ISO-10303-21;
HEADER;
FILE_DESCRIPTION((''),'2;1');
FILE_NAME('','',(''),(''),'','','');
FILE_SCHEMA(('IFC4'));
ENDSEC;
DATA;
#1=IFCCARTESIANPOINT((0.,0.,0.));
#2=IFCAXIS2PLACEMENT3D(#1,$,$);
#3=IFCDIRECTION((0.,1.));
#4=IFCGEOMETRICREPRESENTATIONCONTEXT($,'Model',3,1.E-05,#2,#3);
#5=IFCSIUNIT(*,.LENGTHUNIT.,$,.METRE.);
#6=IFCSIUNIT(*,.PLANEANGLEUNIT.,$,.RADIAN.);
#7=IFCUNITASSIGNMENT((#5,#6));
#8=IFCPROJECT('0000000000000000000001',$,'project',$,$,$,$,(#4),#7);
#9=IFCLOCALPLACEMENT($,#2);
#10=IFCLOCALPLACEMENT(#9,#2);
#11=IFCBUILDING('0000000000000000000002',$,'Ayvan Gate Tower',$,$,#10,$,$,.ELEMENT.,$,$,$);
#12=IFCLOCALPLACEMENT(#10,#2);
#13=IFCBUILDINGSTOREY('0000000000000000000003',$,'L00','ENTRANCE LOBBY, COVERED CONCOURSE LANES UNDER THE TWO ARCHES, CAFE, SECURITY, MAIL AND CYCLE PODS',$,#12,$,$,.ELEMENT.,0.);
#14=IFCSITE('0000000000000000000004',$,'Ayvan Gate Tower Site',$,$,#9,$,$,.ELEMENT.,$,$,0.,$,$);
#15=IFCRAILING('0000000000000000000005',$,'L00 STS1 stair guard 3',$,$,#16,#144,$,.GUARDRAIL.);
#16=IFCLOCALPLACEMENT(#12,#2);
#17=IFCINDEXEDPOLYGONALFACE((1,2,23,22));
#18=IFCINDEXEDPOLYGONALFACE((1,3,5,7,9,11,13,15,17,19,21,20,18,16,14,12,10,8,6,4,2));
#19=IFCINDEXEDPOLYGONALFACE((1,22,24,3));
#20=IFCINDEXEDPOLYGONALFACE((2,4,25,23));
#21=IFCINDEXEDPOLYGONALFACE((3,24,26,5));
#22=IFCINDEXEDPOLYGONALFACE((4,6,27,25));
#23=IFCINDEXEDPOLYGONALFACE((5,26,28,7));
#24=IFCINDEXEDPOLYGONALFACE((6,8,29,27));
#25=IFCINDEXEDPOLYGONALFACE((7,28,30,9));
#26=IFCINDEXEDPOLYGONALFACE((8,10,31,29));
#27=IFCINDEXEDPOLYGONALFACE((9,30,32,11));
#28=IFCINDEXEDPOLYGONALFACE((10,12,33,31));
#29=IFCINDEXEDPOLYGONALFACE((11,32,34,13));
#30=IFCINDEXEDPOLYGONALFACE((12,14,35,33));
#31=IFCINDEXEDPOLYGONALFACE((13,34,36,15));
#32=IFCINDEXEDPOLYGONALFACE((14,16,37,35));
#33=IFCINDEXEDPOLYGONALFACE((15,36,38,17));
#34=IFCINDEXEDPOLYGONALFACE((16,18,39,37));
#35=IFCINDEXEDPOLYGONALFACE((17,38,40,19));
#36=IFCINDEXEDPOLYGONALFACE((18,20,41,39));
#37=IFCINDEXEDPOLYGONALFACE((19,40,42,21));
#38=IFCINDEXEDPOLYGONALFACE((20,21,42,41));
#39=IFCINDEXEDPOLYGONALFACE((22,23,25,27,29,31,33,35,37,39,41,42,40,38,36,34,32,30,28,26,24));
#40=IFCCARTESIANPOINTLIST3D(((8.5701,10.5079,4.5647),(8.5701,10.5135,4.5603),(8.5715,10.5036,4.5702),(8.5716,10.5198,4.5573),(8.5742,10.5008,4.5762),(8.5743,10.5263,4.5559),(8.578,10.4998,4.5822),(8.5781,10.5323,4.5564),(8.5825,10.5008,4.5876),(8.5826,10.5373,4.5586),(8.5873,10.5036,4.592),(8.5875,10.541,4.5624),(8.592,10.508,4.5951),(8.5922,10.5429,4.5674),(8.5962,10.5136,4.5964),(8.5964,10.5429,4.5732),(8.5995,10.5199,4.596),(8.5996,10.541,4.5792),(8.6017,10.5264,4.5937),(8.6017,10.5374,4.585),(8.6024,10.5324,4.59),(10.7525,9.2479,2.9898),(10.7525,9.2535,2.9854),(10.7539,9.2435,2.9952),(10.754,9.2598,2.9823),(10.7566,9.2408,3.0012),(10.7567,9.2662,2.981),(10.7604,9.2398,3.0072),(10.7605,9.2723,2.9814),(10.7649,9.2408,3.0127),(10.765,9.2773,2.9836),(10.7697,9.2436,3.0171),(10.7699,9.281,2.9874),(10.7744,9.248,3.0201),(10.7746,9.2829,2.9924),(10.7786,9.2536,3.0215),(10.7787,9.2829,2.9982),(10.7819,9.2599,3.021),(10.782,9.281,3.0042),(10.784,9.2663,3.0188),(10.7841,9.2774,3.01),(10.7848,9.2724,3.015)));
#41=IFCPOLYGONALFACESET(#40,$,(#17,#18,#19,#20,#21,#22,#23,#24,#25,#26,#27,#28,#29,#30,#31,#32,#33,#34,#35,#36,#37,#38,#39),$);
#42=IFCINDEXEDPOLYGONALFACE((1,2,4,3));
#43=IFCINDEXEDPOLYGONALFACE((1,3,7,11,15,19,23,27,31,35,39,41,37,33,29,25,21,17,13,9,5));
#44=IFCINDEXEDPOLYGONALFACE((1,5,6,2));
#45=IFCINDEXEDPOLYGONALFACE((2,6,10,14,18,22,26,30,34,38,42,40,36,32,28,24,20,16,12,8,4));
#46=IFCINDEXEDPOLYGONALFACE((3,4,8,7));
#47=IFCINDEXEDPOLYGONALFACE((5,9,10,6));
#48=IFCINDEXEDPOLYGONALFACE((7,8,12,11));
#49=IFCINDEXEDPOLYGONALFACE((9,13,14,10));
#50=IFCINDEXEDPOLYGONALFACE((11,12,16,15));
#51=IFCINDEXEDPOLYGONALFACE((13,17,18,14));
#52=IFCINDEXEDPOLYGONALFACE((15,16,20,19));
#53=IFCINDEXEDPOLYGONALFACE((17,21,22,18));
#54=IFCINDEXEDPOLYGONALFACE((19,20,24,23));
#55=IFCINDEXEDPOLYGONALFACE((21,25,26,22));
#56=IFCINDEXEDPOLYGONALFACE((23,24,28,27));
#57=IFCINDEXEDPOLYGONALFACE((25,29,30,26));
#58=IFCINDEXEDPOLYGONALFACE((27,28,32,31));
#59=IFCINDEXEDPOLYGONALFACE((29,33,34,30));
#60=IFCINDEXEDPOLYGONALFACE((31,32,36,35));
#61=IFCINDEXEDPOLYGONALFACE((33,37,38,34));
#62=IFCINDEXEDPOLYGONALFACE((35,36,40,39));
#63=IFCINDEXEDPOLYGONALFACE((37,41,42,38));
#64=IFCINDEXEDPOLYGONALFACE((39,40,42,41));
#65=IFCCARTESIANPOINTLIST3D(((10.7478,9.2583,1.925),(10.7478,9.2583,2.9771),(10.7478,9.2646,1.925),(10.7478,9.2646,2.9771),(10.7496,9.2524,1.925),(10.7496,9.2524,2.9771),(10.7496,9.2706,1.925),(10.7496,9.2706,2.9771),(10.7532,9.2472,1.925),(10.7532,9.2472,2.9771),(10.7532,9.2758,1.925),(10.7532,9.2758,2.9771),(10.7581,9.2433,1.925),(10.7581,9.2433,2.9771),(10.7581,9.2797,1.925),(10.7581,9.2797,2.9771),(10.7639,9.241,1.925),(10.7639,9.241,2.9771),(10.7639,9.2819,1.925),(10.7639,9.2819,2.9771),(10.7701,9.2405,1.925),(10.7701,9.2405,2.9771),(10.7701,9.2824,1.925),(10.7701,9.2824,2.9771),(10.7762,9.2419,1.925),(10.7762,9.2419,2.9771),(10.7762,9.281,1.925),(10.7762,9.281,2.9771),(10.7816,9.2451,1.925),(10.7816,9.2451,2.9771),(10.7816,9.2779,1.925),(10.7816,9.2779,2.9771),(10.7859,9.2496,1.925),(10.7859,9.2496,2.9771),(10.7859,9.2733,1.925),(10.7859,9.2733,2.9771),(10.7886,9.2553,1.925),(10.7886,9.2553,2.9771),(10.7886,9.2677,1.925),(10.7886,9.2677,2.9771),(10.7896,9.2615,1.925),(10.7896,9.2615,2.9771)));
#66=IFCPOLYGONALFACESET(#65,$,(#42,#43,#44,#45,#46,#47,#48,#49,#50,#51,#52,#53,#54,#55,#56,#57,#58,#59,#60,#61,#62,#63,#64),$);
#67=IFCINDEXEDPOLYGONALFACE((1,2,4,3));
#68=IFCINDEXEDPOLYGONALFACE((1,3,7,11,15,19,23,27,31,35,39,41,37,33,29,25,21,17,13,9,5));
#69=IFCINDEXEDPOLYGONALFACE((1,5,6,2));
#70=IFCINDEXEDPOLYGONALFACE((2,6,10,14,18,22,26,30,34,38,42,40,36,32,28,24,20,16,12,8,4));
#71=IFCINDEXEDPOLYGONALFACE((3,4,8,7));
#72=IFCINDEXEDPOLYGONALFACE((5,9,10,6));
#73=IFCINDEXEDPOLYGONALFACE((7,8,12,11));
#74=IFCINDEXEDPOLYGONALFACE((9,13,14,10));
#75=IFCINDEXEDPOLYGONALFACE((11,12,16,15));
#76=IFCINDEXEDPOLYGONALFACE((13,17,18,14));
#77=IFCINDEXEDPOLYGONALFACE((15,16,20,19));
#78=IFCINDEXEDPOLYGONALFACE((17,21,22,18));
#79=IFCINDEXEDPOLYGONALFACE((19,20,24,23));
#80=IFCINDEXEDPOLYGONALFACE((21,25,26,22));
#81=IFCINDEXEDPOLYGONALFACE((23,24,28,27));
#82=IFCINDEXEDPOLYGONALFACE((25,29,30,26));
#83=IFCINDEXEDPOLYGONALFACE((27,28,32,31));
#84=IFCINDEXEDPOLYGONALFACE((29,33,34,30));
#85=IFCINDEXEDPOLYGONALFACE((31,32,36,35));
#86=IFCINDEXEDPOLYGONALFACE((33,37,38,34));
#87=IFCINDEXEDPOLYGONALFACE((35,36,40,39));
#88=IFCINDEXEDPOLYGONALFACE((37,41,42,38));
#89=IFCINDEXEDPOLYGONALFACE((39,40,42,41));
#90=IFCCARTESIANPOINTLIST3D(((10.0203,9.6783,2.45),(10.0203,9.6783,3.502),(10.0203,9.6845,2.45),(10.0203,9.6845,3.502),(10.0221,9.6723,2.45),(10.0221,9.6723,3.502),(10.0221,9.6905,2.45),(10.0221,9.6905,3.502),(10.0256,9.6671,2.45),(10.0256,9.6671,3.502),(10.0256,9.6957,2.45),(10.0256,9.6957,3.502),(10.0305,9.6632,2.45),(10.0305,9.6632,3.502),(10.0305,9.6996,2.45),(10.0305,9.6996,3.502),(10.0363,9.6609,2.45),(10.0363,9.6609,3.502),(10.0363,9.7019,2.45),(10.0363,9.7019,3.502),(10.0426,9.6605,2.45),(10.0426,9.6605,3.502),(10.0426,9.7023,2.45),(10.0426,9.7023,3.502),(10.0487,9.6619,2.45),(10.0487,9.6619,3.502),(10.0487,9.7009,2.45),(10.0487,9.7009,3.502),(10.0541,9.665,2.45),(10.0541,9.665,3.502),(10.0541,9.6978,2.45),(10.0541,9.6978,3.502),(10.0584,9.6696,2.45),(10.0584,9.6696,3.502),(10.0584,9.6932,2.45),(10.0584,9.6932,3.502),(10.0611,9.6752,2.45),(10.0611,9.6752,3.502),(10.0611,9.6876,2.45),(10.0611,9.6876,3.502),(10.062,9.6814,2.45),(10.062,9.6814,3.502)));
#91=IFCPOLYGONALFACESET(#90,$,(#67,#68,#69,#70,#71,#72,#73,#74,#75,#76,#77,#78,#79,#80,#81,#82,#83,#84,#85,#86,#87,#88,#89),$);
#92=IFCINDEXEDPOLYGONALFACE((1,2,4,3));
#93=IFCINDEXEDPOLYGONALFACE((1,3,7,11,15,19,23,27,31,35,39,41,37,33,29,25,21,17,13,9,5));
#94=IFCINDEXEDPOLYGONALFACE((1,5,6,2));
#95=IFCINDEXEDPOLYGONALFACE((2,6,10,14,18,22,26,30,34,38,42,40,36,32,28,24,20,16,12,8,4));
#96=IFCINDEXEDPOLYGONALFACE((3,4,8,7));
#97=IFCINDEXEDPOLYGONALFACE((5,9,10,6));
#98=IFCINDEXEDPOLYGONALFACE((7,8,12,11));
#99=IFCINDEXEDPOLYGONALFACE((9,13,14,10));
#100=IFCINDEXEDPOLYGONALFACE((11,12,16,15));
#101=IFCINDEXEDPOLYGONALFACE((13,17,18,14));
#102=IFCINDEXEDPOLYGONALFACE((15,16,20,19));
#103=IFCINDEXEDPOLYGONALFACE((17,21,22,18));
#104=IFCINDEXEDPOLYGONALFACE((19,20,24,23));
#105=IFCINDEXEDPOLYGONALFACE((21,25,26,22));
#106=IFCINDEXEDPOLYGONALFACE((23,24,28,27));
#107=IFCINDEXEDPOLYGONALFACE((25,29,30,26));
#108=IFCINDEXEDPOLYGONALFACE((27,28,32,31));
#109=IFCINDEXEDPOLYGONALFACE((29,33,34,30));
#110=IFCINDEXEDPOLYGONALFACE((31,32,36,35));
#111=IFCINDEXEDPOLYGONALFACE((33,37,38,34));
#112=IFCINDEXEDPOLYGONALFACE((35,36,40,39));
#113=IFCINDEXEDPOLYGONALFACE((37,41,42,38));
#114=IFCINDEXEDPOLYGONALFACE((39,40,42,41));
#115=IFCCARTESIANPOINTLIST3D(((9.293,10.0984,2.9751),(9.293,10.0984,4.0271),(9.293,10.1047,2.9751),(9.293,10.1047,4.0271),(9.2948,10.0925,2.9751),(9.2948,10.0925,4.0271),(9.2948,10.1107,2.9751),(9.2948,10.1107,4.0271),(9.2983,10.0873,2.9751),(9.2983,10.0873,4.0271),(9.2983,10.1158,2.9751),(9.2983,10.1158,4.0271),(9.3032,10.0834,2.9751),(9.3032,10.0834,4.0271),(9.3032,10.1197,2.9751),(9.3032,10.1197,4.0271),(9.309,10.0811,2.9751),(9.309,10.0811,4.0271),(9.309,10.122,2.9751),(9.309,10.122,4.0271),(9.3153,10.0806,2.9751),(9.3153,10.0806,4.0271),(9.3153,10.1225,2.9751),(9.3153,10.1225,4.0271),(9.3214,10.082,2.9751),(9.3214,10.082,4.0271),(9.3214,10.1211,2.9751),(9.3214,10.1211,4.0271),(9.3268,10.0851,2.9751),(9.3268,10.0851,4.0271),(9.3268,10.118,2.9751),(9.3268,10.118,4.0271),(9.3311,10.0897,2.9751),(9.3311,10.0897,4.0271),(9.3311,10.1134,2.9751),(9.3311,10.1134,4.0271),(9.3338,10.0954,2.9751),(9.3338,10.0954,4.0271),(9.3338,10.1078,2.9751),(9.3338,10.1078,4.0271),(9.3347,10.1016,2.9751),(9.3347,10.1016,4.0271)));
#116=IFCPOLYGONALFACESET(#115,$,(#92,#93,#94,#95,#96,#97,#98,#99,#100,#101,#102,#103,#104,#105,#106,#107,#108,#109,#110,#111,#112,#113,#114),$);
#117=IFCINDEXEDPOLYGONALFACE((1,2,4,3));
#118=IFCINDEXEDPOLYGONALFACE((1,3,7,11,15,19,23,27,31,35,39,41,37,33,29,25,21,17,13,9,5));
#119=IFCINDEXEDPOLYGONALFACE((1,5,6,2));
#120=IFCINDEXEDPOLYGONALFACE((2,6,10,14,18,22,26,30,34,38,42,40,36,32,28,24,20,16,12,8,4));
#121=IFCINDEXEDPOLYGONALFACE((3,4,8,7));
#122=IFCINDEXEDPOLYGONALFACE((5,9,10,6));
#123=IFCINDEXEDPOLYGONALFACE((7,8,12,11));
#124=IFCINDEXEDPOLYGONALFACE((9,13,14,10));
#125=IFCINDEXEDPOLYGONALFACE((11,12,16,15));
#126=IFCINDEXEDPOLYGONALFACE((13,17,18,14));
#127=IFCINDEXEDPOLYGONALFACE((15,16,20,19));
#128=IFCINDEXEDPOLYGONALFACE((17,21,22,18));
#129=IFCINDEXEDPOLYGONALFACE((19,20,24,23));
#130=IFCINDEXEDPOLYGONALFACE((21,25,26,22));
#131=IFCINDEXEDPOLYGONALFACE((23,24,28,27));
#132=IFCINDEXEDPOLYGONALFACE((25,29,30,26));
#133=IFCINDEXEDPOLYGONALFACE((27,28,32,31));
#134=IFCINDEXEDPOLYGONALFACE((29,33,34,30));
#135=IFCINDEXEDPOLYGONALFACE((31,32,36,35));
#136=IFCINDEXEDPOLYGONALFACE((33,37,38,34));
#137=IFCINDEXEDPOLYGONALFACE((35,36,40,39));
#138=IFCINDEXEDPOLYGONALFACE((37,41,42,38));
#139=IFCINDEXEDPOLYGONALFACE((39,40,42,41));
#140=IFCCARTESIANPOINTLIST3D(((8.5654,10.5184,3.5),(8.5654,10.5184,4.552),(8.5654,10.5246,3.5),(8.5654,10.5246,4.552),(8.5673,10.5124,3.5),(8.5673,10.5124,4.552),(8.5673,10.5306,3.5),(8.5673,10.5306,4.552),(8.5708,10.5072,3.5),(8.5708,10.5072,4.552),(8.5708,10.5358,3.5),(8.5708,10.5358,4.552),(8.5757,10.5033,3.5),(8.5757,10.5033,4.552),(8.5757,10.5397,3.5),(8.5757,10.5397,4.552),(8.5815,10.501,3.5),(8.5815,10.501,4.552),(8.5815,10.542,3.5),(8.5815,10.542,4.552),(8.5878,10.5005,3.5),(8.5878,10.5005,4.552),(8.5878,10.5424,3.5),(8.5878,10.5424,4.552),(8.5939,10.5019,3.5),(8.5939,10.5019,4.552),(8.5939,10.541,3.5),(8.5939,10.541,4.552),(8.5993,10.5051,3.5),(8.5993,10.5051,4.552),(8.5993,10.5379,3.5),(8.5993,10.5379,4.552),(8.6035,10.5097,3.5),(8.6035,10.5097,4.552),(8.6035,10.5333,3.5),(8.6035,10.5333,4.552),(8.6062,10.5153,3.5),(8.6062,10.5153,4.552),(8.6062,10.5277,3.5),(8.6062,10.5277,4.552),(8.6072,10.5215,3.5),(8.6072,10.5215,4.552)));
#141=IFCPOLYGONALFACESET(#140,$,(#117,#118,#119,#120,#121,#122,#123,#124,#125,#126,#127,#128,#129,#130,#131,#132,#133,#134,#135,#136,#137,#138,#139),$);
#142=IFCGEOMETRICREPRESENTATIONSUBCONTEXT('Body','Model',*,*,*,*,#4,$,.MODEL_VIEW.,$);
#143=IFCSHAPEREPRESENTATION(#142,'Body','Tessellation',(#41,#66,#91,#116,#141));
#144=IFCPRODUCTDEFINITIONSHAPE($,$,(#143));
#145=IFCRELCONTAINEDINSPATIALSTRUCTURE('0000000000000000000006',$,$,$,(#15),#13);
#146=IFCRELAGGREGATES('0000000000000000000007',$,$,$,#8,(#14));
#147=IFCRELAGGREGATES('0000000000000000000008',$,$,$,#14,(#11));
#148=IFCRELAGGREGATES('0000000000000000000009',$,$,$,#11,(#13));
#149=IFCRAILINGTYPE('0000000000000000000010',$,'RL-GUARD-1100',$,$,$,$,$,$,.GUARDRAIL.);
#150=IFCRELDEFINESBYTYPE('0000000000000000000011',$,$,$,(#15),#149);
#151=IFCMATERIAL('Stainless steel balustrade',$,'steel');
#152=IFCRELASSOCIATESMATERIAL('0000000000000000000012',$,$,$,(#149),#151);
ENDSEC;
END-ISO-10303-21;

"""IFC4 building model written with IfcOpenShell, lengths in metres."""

from ifc_helpers import new_model, si_unit, direction, frame, origin, origin_2d, place, context, subcontext, project, spatial, circle, extrude, material, type_object, element, save


model = new_model("IFC4")

# Units and contexts
model_context = context("Model", 3, precision=1e-05, world=origin(), true_north=direction((0.0, 1.0)))
body_context = subcontext(model_context, "Body", "Model", "MODEL_VIEW")
ifc_project = project(units=[si_unit("LENGTHUNIT", "METRE"), si_unit("PLANEANGLEUNIT", "RADIAN")], contexts=[model_context])

# Site, building, storey
site_placement = place(None, origin())
site = spatial("IfcSite", under=ifc_project, at=site_placement, Name="Ayvan Gate Tower Site", CompositionType="ELEMENT", RefElevation=0.0)
building_placement = place(site_placement, origin())
building = spatial("IfcBuilding", under=site, at=building_placement, Name="Ayvan Gate Tower", CompositionType="ELEMENT")
storey_placement = place(building_placement, origin())
storey = spatial("IfcBuildingStorey", under=building, at=storey_placement, Name="L00", Description="ENTRANCE LOBBY, COVERED CONCOURSE LANES UNDER THE TWO ARCHES, CAFE, SECURITY, MAIL AND CYCLE PODS", CompositionType="ELEMENT", Elevation=0.0)

# Railing
ifc_material_1 = material(Name="Stainless steel balustrade", Category="steel")
railing_type_1 = type_object("IfcRailingType", Name="RL-GUARD-1100", PredefinedType="GUARDRAIL", material=ifc_material_1)
railing_1_placement = place(storey_placement, frame((10.7686, 9.2615, 1.925)))
element("IfcRailing", 1, at=railing_1_placement, inside=storey, type_object=railing_type_1, Name="L00 STS1 stair guard 3", PredefinedType="GUARDRAIL", context=body_context, shape_type="SweptSolid", body=[
    extrude(circle(Radius=0.0239, at=origin_2d()), frame((0.0, 0.0, 1.0762), z_axis=(-0.734392, 0.424007, 0.529988), x_axis=(-0.500005, -0.866023, 0.0)), (0.0, 0.0, 1.0), 2.9717),
    extrude(circle(Radius=0.021, at=origin_2d()), origin(), (0.0, 0.0, 1.0), 1.052),
    extrude(circle(Radius=0.021, at=origin_2d()), frame((-0.7275, 0.4199, 0.5249)), (0.0, 0.0, 1.0), 1.052),
    extrude(circle(Radius=0.021, at=origin_2d()), frame((-1.4548, 0.8401, 1.05)), (0.0, 0.0, 1.0), 1.052),
    extrude(circle(Radius=0.021, at=origin_2d()), frame((-2.1824, 1.26, 1.575)), (0.0, 0.0, 1.0), 1.052),
])

save(model, "model.ifc")
